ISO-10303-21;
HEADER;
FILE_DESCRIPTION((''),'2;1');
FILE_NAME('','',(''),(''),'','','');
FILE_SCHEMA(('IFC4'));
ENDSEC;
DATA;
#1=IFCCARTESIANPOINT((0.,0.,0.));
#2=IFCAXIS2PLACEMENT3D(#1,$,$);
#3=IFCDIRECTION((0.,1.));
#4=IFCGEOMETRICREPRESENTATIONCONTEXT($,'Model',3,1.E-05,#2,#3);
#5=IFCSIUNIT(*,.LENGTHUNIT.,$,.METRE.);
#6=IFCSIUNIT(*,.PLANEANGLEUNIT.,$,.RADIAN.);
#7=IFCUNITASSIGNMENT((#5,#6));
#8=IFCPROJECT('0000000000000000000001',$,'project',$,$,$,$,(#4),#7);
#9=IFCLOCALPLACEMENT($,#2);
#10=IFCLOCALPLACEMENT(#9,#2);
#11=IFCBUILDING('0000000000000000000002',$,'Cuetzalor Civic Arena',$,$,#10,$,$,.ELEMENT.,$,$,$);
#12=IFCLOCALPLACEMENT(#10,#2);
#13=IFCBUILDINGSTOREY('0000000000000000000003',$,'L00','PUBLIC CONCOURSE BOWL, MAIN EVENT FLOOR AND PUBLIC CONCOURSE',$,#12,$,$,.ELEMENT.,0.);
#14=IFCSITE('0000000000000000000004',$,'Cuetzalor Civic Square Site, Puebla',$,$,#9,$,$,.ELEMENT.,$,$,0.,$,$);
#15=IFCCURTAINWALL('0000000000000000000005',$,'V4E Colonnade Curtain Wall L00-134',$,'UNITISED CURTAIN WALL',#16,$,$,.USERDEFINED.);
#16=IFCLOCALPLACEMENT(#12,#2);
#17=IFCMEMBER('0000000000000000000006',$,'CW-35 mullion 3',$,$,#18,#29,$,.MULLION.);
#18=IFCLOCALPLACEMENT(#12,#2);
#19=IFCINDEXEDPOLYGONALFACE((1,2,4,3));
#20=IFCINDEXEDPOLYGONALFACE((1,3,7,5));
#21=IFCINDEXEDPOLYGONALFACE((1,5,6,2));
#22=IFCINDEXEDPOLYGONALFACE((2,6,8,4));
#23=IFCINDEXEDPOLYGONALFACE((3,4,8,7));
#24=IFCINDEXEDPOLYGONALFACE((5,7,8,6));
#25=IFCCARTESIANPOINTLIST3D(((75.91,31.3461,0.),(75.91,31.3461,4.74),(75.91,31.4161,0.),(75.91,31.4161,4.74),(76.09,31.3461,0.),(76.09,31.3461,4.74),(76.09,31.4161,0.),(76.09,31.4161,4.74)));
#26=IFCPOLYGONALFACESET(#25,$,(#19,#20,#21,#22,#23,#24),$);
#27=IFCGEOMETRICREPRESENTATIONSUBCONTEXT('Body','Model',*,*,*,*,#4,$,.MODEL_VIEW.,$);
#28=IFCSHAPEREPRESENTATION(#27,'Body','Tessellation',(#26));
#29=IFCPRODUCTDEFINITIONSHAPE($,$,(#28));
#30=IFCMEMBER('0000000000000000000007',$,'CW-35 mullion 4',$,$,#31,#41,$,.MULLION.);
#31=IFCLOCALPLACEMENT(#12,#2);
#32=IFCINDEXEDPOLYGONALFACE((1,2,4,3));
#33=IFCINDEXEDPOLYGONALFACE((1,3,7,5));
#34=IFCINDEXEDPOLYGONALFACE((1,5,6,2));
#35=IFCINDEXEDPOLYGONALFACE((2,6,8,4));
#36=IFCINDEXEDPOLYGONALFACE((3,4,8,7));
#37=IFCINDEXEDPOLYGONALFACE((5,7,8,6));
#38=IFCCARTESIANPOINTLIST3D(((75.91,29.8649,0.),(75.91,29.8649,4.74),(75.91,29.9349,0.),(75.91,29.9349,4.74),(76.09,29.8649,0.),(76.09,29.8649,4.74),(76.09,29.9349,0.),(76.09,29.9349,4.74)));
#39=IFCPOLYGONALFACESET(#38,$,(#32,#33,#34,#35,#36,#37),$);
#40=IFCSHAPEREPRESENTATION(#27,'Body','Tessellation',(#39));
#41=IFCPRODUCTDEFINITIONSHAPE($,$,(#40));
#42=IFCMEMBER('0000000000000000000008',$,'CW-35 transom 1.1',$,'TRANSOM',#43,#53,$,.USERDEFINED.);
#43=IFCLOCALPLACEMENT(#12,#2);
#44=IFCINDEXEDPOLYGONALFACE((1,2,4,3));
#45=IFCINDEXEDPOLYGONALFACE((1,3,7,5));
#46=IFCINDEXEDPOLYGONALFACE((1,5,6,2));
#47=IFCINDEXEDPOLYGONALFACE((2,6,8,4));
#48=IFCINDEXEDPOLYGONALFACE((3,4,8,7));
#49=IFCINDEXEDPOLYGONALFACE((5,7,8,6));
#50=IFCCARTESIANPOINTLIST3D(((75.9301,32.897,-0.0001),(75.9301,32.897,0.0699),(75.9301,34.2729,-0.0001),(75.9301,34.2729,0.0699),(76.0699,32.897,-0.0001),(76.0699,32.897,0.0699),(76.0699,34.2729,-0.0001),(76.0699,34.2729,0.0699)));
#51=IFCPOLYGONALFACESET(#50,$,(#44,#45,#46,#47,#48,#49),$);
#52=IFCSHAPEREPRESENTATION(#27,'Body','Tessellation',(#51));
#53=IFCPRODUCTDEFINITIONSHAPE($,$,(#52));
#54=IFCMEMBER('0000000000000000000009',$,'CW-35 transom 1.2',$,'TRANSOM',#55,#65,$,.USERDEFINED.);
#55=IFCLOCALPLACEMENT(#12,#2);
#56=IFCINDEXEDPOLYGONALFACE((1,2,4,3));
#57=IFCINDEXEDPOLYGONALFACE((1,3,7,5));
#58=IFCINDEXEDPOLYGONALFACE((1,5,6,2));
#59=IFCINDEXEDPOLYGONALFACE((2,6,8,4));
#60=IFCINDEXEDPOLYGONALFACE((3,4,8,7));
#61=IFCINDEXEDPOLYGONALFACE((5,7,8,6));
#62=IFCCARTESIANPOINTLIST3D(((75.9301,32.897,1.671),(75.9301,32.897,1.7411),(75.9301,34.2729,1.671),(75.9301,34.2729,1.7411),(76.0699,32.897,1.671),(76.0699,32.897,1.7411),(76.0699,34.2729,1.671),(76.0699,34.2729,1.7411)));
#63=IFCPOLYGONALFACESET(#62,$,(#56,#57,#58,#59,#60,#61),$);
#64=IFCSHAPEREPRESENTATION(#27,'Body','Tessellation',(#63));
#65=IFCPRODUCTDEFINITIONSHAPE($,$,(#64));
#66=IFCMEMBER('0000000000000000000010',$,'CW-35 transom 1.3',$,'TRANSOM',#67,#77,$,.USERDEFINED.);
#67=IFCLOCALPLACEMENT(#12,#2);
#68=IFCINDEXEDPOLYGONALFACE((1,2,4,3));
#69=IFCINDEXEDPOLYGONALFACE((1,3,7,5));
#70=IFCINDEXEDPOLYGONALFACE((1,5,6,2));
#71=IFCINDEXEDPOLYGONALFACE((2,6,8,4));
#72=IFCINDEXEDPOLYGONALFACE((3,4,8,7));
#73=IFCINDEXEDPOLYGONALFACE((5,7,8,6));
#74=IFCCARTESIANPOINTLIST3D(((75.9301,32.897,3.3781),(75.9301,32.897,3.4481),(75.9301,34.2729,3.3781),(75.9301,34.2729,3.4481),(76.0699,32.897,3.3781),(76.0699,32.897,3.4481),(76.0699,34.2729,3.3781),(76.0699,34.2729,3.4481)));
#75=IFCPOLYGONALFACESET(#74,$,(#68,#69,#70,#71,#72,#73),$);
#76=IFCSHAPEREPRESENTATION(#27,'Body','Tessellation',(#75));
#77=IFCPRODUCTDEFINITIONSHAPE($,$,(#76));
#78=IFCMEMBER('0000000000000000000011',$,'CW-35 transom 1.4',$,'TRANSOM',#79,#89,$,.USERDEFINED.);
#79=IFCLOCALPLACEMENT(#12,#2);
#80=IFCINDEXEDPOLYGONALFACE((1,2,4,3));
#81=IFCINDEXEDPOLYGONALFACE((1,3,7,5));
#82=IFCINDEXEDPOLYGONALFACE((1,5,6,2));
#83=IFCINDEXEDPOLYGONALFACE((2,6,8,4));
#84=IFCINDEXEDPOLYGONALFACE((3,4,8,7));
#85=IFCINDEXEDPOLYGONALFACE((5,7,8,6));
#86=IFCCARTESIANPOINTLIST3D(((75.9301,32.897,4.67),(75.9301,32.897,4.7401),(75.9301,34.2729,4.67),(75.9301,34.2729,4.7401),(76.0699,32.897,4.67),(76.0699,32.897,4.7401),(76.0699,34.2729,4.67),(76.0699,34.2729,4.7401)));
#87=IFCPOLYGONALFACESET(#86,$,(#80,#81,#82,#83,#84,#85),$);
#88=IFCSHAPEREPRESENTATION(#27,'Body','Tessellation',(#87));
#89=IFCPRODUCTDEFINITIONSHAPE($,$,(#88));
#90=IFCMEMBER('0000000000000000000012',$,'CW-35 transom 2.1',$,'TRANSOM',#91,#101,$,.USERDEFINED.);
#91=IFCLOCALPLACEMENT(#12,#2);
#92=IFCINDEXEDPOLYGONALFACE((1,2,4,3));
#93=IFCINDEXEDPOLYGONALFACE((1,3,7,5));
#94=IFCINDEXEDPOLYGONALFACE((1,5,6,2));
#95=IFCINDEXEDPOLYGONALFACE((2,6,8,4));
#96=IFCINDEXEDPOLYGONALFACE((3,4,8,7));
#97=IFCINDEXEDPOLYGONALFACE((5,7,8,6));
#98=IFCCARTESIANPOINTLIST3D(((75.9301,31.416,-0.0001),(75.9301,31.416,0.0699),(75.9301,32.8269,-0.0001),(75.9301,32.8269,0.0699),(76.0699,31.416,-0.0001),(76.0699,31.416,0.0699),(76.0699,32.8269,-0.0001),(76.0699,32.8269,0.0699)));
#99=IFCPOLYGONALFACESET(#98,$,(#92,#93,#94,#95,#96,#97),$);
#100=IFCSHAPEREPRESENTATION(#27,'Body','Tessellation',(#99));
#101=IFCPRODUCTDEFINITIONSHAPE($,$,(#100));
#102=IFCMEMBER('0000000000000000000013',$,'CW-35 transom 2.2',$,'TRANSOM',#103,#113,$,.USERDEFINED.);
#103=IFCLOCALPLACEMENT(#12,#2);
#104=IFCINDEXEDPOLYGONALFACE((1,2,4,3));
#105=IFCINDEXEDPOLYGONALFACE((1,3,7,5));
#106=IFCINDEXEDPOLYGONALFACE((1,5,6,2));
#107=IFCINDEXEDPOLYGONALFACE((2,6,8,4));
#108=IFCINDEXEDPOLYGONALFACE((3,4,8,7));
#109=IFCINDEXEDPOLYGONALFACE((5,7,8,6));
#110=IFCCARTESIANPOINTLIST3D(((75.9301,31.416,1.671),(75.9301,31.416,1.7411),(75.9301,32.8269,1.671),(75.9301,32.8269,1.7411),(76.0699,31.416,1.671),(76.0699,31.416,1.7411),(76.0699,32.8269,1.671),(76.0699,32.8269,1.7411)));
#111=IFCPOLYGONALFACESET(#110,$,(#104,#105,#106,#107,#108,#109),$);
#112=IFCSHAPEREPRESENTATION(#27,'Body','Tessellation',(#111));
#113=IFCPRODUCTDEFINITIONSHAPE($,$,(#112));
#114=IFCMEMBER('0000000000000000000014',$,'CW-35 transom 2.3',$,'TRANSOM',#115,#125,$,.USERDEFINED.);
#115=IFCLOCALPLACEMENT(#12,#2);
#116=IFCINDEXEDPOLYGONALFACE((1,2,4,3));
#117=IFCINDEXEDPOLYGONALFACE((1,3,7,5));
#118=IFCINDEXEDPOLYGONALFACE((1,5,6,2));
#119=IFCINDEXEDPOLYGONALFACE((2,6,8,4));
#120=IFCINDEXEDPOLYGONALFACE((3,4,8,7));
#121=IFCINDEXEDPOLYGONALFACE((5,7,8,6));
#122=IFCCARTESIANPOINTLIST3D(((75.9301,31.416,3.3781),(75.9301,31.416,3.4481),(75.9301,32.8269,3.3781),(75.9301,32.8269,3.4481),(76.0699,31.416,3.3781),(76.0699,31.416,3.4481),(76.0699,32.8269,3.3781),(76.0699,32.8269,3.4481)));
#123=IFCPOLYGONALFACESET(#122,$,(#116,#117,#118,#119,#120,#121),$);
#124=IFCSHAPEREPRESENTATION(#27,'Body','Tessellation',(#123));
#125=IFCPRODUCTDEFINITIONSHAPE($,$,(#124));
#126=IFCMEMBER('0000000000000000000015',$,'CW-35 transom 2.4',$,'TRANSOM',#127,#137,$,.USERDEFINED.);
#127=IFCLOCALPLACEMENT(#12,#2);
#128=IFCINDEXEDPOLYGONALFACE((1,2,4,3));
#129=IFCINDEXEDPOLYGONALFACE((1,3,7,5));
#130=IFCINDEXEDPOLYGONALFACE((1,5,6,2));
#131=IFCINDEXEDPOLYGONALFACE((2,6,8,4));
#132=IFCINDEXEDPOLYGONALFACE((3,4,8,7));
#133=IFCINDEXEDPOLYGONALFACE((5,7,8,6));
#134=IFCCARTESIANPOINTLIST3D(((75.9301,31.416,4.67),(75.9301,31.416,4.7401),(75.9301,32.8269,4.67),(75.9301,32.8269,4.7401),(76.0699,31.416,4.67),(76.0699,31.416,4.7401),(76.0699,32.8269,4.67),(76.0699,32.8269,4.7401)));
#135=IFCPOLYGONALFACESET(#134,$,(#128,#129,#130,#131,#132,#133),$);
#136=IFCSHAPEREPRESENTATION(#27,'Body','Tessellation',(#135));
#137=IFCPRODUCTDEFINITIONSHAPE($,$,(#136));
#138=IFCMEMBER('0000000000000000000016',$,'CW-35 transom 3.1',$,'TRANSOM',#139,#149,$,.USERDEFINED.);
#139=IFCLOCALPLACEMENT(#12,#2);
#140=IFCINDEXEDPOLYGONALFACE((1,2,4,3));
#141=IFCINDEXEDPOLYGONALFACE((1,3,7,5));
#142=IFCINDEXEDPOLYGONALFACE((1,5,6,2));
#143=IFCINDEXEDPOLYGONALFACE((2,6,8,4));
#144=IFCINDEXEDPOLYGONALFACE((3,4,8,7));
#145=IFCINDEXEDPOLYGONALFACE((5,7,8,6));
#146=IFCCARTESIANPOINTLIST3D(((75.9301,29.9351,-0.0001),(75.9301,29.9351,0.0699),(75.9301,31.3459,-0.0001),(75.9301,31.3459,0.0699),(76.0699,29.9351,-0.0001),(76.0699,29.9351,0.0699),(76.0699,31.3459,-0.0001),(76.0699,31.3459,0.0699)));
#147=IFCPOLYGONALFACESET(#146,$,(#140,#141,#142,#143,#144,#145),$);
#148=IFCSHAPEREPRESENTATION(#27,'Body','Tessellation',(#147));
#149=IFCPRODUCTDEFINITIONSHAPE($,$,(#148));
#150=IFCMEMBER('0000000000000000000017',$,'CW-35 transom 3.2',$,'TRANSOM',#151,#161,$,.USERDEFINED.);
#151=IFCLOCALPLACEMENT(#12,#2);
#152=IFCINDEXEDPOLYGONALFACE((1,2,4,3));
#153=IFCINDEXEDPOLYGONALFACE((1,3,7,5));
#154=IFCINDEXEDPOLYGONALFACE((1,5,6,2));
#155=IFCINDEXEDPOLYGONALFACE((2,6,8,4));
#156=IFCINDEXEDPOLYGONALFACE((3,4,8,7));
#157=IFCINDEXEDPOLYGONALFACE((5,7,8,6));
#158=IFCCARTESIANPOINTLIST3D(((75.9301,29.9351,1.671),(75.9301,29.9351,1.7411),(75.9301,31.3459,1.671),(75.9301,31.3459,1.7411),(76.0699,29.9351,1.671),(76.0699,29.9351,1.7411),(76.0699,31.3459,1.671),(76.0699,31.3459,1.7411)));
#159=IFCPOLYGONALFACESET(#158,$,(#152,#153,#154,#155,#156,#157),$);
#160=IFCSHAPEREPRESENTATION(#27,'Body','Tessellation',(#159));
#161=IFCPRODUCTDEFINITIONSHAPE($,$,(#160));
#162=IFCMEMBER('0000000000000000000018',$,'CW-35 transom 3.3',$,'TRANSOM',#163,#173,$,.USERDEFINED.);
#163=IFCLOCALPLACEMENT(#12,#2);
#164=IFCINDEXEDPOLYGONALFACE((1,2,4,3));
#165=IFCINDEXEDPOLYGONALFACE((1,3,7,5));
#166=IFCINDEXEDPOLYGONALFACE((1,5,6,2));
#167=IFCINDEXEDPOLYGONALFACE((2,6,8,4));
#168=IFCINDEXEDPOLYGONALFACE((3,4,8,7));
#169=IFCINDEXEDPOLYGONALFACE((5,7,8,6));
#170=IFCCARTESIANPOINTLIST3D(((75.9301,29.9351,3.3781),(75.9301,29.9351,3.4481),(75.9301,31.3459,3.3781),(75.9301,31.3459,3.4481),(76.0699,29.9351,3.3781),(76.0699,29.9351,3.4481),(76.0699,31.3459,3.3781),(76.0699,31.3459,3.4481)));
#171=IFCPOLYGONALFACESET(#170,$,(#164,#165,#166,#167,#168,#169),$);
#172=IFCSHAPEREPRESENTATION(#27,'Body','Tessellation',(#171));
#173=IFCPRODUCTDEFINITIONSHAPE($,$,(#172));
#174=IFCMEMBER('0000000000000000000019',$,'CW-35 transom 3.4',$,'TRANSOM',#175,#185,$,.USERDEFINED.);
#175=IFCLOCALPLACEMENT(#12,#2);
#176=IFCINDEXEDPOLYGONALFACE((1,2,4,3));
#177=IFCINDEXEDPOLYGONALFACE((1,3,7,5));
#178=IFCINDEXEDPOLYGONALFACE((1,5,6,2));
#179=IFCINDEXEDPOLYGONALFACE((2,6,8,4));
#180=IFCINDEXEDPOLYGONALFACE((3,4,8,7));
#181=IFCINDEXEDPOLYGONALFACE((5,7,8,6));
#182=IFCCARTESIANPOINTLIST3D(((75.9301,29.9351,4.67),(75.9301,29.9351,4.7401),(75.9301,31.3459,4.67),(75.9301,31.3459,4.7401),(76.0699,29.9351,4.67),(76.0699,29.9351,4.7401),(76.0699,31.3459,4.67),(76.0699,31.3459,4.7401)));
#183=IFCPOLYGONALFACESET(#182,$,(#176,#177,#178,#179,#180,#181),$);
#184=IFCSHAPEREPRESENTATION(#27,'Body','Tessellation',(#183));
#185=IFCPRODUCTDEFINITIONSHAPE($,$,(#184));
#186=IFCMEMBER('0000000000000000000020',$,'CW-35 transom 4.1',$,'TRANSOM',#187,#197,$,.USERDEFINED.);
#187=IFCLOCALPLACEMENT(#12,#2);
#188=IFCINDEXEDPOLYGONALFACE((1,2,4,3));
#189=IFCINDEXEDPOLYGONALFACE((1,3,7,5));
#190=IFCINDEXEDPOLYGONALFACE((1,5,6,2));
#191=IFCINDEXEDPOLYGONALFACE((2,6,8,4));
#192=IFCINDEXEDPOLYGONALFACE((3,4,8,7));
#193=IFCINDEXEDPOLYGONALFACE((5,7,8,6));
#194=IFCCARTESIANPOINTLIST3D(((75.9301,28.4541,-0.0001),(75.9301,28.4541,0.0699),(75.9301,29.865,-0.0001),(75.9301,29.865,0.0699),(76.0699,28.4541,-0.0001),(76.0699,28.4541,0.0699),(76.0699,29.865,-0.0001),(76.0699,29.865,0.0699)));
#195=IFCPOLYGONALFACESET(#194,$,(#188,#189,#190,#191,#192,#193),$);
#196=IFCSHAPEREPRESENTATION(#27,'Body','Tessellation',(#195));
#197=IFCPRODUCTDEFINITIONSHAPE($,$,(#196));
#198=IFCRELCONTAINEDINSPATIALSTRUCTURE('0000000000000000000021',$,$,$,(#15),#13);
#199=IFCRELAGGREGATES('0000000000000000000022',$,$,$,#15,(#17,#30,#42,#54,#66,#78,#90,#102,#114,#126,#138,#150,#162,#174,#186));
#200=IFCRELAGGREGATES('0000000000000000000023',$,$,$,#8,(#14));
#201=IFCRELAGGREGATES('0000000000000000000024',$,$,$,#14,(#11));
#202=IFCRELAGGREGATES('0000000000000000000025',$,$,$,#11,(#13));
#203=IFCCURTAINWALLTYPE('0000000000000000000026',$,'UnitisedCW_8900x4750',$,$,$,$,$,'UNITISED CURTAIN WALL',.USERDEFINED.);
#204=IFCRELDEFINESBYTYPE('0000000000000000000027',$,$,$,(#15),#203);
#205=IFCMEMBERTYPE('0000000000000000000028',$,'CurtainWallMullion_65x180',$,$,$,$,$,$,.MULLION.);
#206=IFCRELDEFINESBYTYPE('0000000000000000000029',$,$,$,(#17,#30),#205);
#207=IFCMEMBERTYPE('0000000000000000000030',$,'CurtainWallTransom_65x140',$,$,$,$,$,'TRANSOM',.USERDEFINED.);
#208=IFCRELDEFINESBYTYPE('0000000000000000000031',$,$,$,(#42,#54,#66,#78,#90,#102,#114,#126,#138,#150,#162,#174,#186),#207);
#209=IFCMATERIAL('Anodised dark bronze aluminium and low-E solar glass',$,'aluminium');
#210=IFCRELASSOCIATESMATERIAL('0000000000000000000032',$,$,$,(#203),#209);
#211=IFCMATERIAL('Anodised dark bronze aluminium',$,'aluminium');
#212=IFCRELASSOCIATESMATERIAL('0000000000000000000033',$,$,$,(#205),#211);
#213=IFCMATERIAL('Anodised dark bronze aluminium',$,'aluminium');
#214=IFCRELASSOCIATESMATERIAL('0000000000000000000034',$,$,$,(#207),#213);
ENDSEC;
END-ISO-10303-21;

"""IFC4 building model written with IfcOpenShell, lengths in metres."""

from ifc_helpers import new_model, si_unit, direction, frame, origin, origin_2d, place, context, subcontext, project, spatial, rectangle, extrude, material, material_profile, profile_set, type_object, element, aggregate, save


model = new_model("IFC4")

# Units and contexts
model_context = context("Model", 3, precision=1e-05, world=origin(), true_north=direction((0.0, 1.0)))
body_context = subcontext(model_context, "Body", "Model", "MODEL_VIEW")
ifc_project = project(units=[si_unit("LENGTHUNIT", "METRE"), si_unit("PLANEANGLEUNIT", "RADIAN")], contexts=[model_context])

# Site, building, storey
site_placement = place(None, origin())
site = spatial("IfcSite", under=ifc_project, at=site_placement, Name="Cuetzalor Civic Square Site, Puebla", CompositionType="ELEMENT", RefElevation=0.0)
building_placement = place(site_placement, origin())
building = spatial("IfcBuilding", under=site, at=building_placement, Name="Cuetzalor Civic Arena", CompositionType="ELEMENT")
storey_placement = place(building_placement, origin())
storey = spatial("IfcBuildingStorey", under=building, at=storey_placement, Name="L00", Description="PUBLIC CONCOURSE BOWL, MAIN EVENT FLOOR AND PUBLIC CONCOURSE", CompositionType="ELEMENT", Elevation=0.0)

# Curtain wall, members
ifc_material_1 = material(Name="Anodised dark bronze aluminium and low-E solar glass", Category="aluminium")
curtain_wall_type = type_object("IfcCurtainWallType", Name="UnitisedCW_8900x4750", ElementType="UNITISED CURTAIN WALL", PredefinedType="USERDEFINED", material=ifc_material_1)
curtain_wall_placement = place(storey_placement, origin())
curtain_wall = element("IfcCurtainWall", 1, at=curtain_wall_placement, inside=storey, type_object=curtain_wall_type, Name="V4E Colonnade Curtain Wall L00-134", ObjectType="UNITISED CURTAIN WALL", PredefinedType="USERDEFINED")
ifc_material_2 = material(Name="Anodised dark bronze aluminium", Category="aluminium")
ifc_material_profile_1 = material_profile(ifc_material_2, rectangle(XDim=0.0701, YDim=0.1799, at=origin_2d()), Name="ALU MULLION 70x180")
ifc_profile_set_1 = profile_set([ifc_material_profile_1], Name="Anodised dark bronze aluminium")
member_type_1 = type_object("IfcMemberType", Name="CurtainWallMullion_65x180", PredefinedType="MULLION", material=ifc_profile_set_1)
member_1_placement = place(storey_placement, frame((76.0, 31.3811, 0.0), z_axis=(0.0, 0.0, 1.0), x_axis=(0.0, -1.0, 0.0)))
member_1 = element("IfcMember", 2, at=member_1_placement, type_object=member_type_1, Name="CW-35 mullion 3", PredefinedType="MULLION", context=body_context, shape_type="SweptSolid", body=[
    extrude(rectangle(XDim=0.0701, YDim=0.1799, at=origin_2d()), origin(), (0.0, 0.0, 1.0), 4.74),
])
member_2_placement = place(storey_placement, frame((76.0, 29.8999, 0.0), z_axis=(0.0, 0.0, 1.0), x_axis=(0.0, -1.0, 0.0)))
member_2 = element("IfcMember", 3, at=member_2_placement, type_object=member_type_1, Name="CW-35 mullion 4", PredefinedType="MULLION", context=body_context, shape_type="SweptSolid", body=[
    extrude(rectangle(XDim=0.0701, YDim=0.1799, at=origin_2d()), origin(), (0.0, 0.0, 1.0), 4.74),
])
ifc_material_3 = material(Name="Anodised dark bronze aluminium", Category="aluminium")
ifc_material_profile_2 = material_profile(ifc_material_3, rectangle(XDim=0.1399, YDim=0.0701, at=origin_2d()), Name="ALU TRANSOM 70x140")
ifc_profile_set_2 = profile_set([ifc_material_profile_2], Name="Anodised dark bronze aluminium")
member_type_2 = type_object("IfcMemberType", Name="CurtainWallTransom_65x140", ElementType="TRANSOM", PredefinedType="USERDEFINED", material=ifc_profile_set_2)
member_3_placement = place(storey_placement, frame((76.0, 34.2729, 0.0349), z_axis=(0.0, -1.0, 0.0), x_axis=(1.0, 0.0, 0.0)))
member_3 = element("IfcMember", 4, at=member_3_placement, type_object=member_type_2, Name="CW-35 transom 1.1", ObjectType="TRANSOM", PredefinedType="USERDEFINED", context=body_context, shape_type="SweptSolid", body=[
    extrude(rectangle(XDim=0.1399, YDim=0.0701, at=origin_2d()), origin(), (0.0, 0.0, 1.0), 1.376),
])
member_4_placement = place(storey_placement, frame((76.0, 34.2729, 1.7061), z_axis=(0.0, -1.0, 0.0), x_axis=(1.0, 0.0, 0.0)))
member_4 = element("IfcMember", 5, at=member_4_placement, type_object=member_type_2, Name="CW-35 transom 1.2", ObjectType="TRANSOM", PredefinedType="USERDEFINED", context=body_context, shape_type="SweptSolid", body=[
    extrude(rectangle(XDim=0.1399, YDim=0.0701, at=origin_2d()), origin(), (0.0, 0.0, 1.0), 1.376),
])
member_5_placement = place(storey_placement, frame((76.0, 34.2729, 3.4131), z_axis=(0.0, -1.0, 0.0), x_axis=(1.0, 0.0, 0.0)))
member_5 = element("IfcMember", 6, at=member_5_placement, type_object=member_type_2, Name="CW-35 transom 1.3", ObjectType="TRANSOM", PredefinedType="USERDEFINED", context=body_context, shape_type="SweptSolid", body=[
    extrude(rectangle(XDim=0.1399, YDim=0.0701, at=origin_2d()), origin(), (0.0, 0.0, 1.0), 1.376),
])
member_6_placement = place(storey_placement, frame((76.0, 34.2729, 4.7051), z_axis=(0.0, -1.0, 0.0), x_axis=(1.0, 0.0, 0.0)))
member_6 = element("IfcMember", 7, at=member_6_placement, type_object=member_type_2, Name="CW-35 transom 1.4", ObjectType="TRANSOM", PredefinedType="USERDEFINED", context=body_context, shape_type="SweptSolid", body=[
    extrude(rectangle(XDim=0.1399, YDim=0.0701, at=origin_2d()), origin(), (0.0, 0.0, 1.0), 1.376),
])
member_7_placement = place(storey_placement, frame((76.0, 32.8269, 0.0349), z_axis=(0.0, -1.0, 0.0), x_axis=(1.0, 0.0, 0.0)))
member_7 = element("IfcMember", 8, at=member_7_placement, type_object=member_type_2, Name="CW-35 transom 2.1", ObjectType="TRANSOM", PredefinedType="USERDEFINED", context=body_context, shape_type="SweptSolid", body=[
    extrude(rectangle(XDim=0.1399, YDim=0.0701, at=origin_2d()), origin(), (0.0, 0.0, 1.0), 1.4109),
])
member_8_placement = place(storey_placement, frame((76.0, 32.8269, 1.7061), z_axis=(0.0, -1.0, 0.0), x_axis=(1.0, 0.0, 0.0)))
member_8 = element("IfcMember", 9, at=member_8_placement, type_object=member_type_2, Name="CW-35 transom 2.2", ObjectType="TRANSOM", PredefinedType="USERDEFINED", context=body_context, shape_type="SweptSolid", body=[
    extrude(rectangle(XDim=0.1399, YDim=0.0701, at=origin_2d()), origin(), (0.0, 0.0, 1.0), 1.4109),
])
member_9_placement = place(storey_placement, frame((76.0, 32.8269, 3.4131), z_axis=(0.0, -1.0, 0.0), x_axis=(1.0, 0.0, 0.0)))
member_9 = element("IfcMember", 10, at=member_9_placement, type_object=member_type_2, Name="CW-35 transom 2.3", ObjectType="TRANSOM", PredefinedType="USERDEFINED", context=body_context, shape_type="SweptSolid", body=[
    extrude(rectangle(XDim=0.1399, YDim=0.0701, at=origin_2d()), origin(), (0.0, 0.0, 1.0), 1.4109),
])
member_10_placement = place(storey_placement, frame((76.0, 32.8269, 4.7051), z_axis=(0.0, -1.0, 0.0), x_axis=(1.0, 0.0, 0.0)))
member_10 = element("IfcMember", 11, at=member_10_placement, type_object=member_type_2, Name="CW-35 transom 2.4", ObjectType="TRANSOM", PredefinedType="USERDEFINED", context=body_context, shape_type="SweptSolid", body=[
    extrude(rectangle(XDim=0.1399, YDim=0.0701, at=origin_2d()), origin(), (0.0, 0.0, 1.0), 1.4109),
])
member_11_placement = place(storey_placement, frame((76.0, 31.3459, 0.0349), z_axis=(0.0, -1.0, 0.0), x_axis=(1.0, 0.0, 0.0)))
member_11 = element("IfcMember", 12, at=member_11_placement, type_object=member_type_2, Name="CW-35 transom 3.1", ObjectType="TRANSOM", PredefinedType="USERDEFINED", context=body_context, shape_type="SweptSolid", body=[
    extrude(rectangle(XDim=0.1399, YDim=0.0701, at=origin_2d()), origin(), (0.0, 0.0, 1.0), 1.4109),
])
member_12_placement = place(storey_placement, frame((76.0, 31.3459, 1.7061), z_axis=(0.0, -1.0, 0.0), x_axis=(1.0, 0.0, 0.0)))
member_12 = element("IfcMember", 13, at=member_12_placement, type_object=member_type_2, Name="CW-35 transom 3.2", ObjectType="TRANSOM", PredefinedType="USERDEFINED", context=body_context, shape_type="SweptSolid", body=[
    extrude(rectangle(XDim=0.1399, YDim=0.0701, at=origin_2d()), origin(), (0.0, 0.0, 1.0), 1.4109),
])
member_13_placement = place(storey_placement, frame((76.0, 31.3459, 3.4131), z_axis=(0.0, -1.0, 0.0), x_axis=(1.0, 0.0, 0.0)))
member_13 = element("IfcMember", 14, at=member_13_placement, type_object=member_type_2, Name="CW-35 transom 3.3", ObjectType="TRANSOM", PredefinedType="USERDEFINED", context=body_context, shape_type="SweptSolid", body=[
    extrude(rectangle(XDim=0.1399, YDim=0.0701, at=origin_2d()), origin(), (0.0, 0.0, 1.0), 1.4109),
])
member_14_placement = place(storey_placement, frame((76.0, 31.3459, 4.7051), z_axis=(0.0, -1.0, 0.0), x_axis=(1.0, 0.0, 0.0)))
member_14 = element("IfcMember", 15, at=member_14_placement, type_object=member_type_2, Name="CW-35 transom 3.4", ObjectType="TRANSOM", PredefinedType="USERDEFINED", context=body_context, shape_type="SweptSolid", body=[
    extrude(rectangle(XDim=0.1399, YDim=0.0701, at=origin_2d()), origin(), (0.0, 0.0, 1.0), 1.4109),
])
member_15_placement = place(storey_placement, frame((76.0, 29.865, 0.0349), z_axis=(0.0, -1.0, 0.0), x_axis=(1.0, 0.0, 0.0)))
member_15 = element("IfcMember", 16, at=member_15_placement, type_object=member_type_2, Name="CW-35 transom 4.1", ObjectType="TRANSOM", PredefinedType="USERDEFINED", context=body_context, shape_type="SweptSolid", body=[
    extrude(rectangle(XDim=0.1399, YDim=0.0701, at=origin_2d()), origin(), (0.0, 0.0, 1.0), 1.4109),
])
aggregate(curtain_wall, [member_1, member_2, member_3, member_4, member_5, member_6, member_7, member_8, member_9, member_10, member_11, member_12, member_13, member_14, member_15])

save(model, "model.ifc")
